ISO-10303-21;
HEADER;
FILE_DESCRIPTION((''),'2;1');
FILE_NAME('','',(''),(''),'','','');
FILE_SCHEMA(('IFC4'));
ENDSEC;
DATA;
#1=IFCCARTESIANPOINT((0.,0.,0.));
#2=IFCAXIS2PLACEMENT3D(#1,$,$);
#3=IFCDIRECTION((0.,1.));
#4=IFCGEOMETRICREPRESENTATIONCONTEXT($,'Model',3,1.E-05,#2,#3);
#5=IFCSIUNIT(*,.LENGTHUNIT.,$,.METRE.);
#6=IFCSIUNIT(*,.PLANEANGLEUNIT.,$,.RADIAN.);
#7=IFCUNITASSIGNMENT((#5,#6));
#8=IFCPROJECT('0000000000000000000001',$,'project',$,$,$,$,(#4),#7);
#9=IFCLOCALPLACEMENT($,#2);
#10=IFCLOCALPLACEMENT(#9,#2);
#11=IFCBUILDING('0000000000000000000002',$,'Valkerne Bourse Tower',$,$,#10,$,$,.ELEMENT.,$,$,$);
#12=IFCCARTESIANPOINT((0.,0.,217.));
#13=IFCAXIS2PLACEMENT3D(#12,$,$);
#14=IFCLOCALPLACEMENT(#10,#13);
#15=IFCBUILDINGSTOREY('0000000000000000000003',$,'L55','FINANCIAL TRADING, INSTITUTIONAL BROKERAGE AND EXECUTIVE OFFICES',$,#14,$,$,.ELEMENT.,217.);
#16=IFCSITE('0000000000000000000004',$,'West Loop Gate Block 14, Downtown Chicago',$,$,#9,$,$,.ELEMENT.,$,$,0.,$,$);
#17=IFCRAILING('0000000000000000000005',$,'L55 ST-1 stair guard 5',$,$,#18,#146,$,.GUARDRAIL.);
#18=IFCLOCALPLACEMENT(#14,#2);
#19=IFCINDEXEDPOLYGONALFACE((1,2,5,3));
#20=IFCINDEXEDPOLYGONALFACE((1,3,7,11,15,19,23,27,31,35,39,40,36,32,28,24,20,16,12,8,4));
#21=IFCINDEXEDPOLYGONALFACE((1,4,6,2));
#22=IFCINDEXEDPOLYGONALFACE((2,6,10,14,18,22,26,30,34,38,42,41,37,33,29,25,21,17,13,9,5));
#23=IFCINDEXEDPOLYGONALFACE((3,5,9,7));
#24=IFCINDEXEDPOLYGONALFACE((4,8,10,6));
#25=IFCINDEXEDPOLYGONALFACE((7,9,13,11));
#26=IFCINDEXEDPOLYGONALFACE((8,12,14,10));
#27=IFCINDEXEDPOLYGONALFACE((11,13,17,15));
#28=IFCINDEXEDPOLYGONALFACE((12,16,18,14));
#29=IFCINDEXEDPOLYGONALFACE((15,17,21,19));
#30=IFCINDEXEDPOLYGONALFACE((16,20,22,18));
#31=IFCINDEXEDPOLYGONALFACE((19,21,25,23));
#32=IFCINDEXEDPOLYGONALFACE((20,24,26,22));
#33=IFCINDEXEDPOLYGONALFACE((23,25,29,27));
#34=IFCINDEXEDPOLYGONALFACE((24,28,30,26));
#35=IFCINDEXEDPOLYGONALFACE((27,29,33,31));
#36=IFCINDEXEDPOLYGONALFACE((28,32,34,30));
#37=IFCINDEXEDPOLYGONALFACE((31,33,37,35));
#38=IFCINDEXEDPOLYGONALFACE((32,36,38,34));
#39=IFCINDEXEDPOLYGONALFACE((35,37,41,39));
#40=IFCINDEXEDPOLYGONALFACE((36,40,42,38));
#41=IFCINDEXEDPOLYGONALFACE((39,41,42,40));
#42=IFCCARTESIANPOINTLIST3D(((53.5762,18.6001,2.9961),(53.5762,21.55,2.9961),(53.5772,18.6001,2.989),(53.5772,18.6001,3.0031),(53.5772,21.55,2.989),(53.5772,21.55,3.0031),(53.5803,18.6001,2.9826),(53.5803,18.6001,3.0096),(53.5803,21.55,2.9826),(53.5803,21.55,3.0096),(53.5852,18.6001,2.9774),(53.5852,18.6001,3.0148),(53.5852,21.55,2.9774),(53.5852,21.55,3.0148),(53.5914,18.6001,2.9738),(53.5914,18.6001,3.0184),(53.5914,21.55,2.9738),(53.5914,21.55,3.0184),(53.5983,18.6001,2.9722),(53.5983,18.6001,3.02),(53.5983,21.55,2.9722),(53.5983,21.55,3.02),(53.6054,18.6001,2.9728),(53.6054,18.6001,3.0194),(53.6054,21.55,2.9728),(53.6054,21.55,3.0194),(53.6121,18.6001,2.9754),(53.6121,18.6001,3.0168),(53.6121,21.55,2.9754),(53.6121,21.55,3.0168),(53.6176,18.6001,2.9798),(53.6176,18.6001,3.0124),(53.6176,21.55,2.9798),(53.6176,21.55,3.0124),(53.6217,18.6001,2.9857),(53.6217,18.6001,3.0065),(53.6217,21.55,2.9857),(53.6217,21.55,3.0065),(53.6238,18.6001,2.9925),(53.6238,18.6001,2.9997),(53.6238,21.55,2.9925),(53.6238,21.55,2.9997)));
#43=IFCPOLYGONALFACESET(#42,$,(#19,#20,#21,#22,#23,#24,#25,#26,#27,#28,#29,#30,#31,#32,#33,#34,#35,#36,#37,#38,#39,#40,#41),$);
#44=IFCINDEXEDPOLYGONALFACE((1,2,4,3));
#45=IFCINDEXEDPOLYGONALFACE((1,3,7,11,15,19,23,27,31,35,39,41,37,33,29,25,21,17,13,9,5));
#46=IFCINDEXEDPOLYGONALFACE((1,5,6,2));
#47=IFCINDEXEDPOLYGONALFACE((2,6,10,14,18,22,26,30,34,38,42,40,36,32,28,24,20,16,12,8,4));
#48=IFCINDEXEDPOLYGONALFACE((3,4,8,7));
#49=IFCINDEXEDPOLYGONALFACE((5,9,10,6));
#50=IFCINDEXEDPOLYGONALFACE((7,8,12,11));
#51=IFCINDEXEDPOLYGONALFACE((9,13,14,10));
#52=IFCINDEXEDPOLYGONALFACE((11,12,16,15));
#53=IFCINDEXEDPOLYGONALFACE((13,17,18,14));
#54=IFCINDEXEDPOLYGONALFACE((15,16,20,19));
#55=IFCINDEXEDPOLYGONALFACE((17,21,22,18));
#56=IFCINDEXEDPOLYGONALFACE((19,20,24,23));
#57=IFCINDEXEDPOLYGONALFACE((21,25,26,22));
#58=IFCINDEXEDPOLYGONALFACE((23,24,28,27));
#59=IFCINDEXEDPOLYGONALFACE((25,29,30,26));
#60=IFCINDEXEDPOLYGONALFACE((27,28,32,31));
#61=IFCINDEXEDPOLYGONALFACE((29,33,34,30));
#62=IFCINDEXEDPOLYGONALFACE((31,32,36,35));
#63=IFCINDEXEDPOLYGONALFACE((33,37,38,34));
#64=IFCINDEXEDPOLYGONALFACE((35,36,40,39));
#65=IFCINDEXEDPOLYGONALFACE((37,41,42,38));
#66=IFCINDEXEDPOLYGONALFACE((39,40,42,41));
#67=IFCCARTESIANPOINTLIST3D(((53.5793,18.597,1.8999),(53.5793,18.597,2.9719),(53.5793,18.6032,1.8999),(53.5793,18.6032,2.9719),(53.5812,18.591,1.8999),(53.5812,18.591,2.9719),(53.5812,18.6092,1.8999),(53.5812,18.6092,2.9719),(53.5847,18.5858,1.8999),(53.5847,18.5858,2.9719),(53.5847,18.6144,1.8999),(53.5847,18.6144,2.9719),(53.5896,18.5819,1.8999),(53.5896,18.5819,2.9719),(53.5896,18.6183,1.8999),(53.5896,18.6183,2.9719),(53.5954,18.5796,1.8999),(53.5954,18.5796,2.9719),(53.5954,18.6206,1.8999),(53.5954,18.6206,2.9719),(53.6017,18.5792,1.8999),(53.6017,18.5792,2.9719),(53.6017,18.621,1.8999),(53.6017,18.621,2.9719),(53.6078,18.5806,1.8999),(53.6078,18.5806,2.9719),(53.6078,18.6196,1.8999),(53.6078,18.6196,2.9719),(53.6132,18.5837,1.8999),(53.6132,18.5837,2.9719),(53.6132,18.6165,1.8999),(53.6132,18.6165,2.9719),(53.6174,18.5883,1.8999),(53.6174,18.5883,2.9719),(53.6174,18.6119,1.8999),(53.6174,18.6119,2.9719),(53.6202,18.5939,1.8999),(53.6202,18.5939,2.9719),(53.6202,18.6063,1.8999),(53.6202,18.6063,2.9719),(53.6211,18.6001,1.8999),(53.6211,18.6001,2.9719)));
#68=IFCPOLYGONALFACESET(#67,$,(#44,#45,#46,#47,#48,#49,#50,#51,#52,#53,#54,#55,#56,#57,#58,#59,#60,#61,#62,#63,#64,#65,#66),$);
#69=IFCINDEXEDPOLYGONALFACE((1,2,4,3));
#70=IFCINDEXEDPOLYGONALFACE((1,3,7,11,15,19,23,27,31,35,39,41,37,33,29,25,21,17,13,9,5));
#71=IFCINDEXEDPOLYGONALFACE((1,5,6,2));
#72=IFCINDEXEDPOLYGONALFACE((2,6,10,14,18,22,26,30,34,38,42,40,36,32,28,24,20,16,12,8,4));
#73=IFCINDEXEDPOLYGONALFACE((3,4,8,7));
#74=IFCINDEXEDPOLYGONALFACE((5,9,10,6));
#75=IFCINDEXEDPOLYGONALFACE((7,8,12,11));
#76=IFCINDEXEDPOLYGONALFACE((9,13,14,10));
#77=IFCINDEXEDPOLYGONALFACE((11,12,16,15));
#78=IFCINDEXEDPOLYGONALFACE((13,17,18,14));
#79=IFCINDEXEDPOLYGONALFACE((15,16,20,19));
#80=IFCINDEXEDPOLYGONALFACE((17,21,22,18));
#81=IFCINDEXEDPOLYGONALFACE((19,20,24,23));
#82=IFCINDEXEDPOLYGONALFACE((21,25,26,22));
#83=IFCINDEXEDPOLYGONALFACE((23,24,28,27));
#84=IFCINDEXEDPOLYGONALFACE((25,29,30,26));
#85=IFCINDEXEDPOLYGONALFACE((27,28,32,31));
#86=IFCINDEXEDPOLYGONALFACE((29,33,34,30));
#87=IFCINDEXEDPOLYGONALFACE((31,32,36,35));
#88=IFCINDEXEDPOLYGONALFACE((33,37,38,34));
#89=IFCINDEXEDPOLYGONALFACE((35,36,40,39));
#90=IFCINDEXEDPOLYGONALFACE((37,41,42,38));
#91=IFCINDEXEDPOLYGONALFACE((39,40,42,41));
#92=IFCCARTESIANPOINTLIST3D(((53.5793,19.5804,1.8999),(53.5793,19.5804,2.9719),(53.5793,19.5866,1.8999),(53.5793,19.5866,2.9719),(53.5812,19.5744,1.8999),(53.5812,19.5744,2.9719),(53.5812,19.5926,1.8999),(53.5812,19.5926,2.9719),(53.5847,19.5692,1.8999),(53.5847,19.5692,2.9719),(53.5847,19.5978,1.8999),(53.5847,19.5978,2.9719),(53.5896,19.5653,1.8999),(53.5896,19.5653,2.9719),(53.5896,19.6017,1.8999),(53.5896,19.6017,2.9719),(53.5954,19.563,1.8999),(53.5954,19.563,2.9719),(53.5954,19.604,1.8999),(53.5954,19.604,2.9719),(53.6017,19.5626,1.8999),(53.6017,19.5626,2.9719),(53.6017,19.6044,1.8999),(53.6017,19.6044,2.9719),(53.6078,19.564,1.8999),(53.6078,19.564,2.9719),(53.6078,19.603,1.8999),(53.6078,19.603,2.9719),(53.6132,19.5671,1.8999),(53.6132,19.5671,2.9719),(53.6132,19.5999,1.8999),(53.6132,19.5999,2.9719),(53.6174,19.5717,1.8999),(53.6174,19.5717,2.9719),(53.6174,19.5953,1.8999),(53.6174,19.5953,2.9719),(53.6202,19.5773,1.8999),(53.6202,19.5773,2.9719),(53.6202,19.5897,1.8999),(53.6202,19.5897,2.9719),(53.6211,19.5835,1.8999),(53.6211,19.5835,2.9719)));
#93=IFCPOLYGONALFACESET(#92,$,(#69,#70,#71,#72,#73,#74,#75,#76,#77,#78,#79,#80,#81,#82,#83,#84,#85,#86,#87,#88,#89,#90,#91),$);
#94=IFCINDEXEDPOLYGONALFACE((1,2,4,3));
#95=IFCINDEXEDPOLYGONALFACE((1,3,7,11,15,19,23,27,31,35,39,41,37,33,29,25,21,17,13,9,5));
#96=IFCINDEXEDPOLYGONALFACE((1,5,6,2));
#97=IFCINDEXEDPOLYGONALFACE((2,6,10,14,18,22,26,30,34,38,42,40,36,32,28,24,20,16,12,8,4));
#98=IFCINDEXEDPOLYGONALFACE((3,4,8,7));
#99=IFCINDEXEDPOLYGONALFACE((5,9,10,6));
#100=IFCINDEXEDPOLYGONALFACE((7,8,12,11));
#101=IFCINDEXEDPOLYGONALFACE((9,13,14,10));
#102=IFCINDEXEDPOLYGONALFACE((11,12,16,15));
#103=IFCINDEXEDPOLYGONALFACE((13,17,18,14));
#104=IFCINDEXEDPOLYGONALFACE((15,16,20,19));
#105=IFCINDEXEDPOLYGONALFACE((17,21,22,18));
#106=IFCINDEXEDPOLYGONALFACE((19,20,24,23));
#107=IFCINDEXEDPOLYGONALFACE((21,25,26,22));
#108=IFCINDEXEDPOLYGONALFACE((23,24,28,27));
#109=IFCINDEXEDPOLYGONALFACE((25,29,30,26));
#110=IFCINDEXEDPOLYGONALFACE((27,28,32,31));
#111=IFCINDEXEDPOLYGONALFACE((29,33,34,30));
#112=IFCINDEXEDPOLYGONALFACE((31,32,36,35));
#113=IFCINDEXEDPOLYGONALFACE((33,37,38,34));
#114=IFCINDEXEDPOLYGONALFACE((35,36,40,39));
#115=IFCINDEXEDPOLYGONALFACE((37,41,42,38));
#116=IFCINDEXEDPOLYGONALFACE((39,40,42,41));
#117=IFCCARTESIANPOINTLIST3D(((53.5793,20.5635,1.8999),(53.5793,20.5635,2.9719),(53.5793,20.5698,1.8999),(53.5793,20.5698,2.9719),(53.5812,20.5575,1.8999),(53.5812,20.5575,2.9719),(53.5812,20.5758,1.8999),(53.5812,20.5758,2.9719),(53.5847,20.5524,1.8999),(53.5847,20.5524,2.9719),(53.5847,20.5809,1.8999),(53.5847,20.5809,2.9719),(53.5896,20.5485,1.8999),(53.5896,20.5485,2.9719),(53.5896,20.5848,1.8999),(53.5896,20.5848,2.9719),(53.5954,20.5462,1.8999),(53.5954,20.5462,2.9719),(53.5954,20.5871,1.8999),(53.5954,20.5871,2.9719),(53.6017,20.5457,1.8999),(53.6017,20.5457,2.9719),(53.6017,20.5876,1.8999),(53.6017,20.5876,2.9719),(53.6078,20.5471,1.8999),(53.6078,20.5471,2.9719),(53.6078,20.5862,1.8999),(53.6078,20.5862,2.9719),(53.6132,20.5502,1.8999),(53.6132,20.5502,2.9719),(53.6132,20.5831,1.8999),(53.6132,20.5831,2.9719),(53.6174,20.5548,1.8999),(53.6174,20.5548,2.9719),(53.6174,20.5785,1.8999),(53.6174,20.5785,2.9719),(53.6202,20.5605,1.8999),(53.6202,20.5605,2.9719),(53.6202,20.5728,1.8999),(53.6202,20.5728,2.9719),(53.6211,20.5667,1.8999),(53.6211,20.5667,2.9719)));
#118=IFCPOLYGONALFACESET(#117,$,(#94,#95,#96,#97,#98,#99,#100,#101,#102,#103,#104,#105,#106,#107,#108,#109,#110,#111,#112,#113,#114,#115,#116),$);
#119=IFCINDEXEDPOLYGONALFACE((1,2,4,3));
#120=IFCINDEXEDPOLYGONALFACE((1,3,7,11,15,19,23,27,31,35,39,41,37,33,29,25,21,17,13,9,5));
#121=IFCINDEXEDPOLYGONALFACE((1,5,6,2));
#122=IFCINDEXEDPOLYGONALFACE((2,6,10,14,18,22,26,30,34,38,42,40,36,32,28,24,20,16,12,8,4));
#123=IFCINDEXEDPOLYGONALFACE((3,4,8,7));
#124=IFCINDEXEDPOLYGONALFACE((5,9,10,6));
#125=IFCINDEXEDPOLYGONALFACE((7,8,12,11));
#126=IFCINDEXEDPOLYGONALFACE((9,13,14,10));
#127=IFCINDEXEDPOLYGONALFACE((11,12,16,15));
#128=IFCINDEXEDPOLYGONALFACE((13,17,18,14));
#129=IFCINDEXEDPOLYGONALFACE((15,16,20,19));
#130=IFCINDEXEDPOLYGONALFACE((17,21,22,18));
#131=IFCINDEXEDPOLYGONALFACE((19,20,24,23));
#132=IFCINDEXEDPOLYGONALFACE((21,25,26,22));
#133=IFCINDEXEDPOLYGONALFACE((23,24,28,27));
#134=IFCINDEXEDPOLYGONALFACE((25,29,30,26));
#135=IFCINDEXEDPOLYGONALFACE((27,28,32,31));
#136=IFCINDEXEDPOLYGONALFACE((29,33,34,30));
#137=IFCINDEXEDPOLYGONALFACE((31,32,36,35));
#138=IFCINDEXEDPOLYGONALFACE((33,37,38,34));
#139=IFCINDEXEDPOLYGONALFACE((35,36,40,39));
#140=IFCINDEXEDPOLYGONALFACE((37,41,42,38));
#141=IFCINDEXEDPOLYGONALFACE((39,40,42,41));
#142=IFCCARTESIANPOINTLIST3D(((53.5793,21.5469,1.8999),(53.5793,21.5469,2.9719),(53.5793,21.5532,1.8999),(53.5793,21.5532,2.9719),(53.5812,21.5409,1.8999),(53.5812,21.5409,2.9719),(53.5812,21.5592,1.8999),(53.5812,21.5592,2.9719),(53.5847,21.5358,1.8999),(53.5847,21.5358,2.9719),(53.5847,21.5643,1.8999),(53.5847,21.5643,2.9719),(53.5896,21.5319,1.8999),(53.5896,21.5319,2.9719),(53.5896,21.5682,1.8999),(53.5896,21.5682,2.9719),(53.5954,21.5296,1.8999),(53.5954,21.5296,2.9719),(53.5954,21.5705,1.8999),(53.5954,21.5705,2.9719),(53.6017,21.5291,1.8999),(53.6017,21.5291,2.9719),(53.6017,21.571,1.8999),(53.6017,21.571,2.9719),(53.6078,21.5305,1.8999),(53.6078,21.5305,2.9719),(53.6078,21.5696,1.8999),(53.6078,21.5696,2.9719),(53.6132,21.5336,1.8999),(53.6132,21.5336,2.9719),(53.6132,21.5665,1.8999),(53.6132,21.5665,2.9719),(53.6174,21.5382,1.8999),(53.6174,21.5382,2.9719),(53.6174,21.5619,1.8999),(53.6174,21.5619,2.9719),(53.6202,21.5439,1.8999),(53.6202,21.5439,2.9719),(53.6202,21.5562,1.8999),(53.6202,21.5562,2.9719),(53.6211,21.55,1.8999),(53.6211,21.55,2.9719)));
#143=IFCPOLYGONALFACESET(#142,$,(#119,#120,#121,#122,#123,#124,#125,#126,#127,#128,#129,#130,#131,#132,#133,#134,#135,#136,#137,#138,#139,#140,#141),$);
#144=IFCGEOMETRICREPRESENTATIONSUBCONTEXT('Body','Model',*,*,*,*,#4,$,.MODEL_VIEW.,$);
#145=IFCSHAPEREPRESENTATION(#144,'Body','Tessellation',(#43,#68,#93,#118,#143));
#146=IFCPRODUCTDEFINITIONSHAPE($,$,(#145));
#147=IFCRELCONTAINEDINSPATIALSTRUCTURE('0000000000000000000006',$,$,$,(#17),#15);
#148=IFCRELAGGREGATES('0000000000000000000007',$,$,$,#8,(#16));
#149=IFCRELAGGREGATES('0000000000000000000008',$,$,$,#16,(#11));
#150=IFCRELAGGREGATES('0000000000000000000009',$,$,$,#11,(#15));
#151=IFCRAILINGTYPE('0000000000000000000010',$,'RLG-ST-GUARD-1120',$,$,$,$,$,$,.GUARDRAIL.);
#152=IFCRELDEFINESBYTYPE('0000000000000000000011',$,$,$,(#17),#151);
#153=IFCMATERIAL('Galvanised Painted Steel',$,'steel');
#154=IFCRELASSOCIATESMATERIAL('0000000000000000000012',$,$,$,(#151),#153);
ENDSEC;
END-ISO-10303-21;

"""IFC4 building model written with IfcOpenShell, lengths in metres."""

from ifc_helpers import new_model, si_unit, direction, frame, origin, origin_2d, place, context, subcontext, project, spatial, circle, extrude, material, type_object, element, save


model = new_model("IFC4")

# Units and contexts
model_context = context("Model", 3, precision=1e-05, world=origin(), true_north=direction((0.0, 1.0)))
body_context = subcontext(model_context, "Body", "Model", "MODEL_VIEW")
ifc_project = project(units=[si_unit("LENGTHUNIT", "METRE"), si_unit("PLANEANGLEUNIT", "RADIAN")], contexts=[model_context])

# Site, building, storey
site_placement = place(None, origin())
site = spatial("IfcSite", under=ifc_project, at=site_placement, Name="West Loop Gate Block 14, Downtown Chicago", CompositionType="ELEMENT", RefElevation=0.0)
building_placement = place(site_placement, origin())
building = spatial("IfcBuilding", under=site, at=building_placement, Name="Valkerne Bourse Tower", CompositionType="ELEMENT")
storey_placement = place(building_placement, frame((0.0, 0.0, 217.0)))
storey = spatial("IfcBuildingStorey", under=building, at=storey_placement, Name="L55", Description="FINANCIAL TRADING, INSTITUTIONAL BROKERAGE AND EXECUTIVE OFFICES", CompositionType="ELEMENT", Elevation=217.0)

# Railing
ifc_material_1 = material(Name="Galvanised Painted Steel", Category="steel")
railing_type = type_object("IfcRailingType", Name="RLG-ST-GUARD-1120", PredefinedType="GUARDRAIL", material=ifc_material_1)
railing_1_placement = place(storey_placement, frame((53.6001, 18.6001, 1.8999)))
element("IfcRailing", 1, at=railing_1_placement, inside=storey, type_object=railing_type, Name="L55 ST-1 stair guard 5", PredefinedType="GUARDRAIL", context=body_context, shape_type="SweptSolid", body=[
    extrude(circle(Radius=0.0239, at=origin_2d()), frame((0.0, 0.0, 1.0962), z_axis=(0.0, 1.0, 0.0), x_axis=(-1.0, 0.0, 0.0)), (0.0, 0.0, 1.0), 2.95),
    extrude(circle(Radius=0.021, at=origin_2d()), origin(), (0.0, 0.0, 1.0), 1.072),
    extrude(circle(Radius=0.021, at=origin_2d()), frame((0.0, 0.9834, 0.0)), (0.0, 0.0, 1.0), 1.072),
    extrude(circle(Radius=0.021, at=origin_2d()), frame((0.0, 1.9666, 0.0)), (0.0, 0.0, 1.0), 1.072),
    extrude(circle(Radius=0.021, at=origin_2d()), frame((0.0, 2.95, 0.0)), (0.0, 0.0, 1.0), 1.072),
])

save(model, "model.ifc")
